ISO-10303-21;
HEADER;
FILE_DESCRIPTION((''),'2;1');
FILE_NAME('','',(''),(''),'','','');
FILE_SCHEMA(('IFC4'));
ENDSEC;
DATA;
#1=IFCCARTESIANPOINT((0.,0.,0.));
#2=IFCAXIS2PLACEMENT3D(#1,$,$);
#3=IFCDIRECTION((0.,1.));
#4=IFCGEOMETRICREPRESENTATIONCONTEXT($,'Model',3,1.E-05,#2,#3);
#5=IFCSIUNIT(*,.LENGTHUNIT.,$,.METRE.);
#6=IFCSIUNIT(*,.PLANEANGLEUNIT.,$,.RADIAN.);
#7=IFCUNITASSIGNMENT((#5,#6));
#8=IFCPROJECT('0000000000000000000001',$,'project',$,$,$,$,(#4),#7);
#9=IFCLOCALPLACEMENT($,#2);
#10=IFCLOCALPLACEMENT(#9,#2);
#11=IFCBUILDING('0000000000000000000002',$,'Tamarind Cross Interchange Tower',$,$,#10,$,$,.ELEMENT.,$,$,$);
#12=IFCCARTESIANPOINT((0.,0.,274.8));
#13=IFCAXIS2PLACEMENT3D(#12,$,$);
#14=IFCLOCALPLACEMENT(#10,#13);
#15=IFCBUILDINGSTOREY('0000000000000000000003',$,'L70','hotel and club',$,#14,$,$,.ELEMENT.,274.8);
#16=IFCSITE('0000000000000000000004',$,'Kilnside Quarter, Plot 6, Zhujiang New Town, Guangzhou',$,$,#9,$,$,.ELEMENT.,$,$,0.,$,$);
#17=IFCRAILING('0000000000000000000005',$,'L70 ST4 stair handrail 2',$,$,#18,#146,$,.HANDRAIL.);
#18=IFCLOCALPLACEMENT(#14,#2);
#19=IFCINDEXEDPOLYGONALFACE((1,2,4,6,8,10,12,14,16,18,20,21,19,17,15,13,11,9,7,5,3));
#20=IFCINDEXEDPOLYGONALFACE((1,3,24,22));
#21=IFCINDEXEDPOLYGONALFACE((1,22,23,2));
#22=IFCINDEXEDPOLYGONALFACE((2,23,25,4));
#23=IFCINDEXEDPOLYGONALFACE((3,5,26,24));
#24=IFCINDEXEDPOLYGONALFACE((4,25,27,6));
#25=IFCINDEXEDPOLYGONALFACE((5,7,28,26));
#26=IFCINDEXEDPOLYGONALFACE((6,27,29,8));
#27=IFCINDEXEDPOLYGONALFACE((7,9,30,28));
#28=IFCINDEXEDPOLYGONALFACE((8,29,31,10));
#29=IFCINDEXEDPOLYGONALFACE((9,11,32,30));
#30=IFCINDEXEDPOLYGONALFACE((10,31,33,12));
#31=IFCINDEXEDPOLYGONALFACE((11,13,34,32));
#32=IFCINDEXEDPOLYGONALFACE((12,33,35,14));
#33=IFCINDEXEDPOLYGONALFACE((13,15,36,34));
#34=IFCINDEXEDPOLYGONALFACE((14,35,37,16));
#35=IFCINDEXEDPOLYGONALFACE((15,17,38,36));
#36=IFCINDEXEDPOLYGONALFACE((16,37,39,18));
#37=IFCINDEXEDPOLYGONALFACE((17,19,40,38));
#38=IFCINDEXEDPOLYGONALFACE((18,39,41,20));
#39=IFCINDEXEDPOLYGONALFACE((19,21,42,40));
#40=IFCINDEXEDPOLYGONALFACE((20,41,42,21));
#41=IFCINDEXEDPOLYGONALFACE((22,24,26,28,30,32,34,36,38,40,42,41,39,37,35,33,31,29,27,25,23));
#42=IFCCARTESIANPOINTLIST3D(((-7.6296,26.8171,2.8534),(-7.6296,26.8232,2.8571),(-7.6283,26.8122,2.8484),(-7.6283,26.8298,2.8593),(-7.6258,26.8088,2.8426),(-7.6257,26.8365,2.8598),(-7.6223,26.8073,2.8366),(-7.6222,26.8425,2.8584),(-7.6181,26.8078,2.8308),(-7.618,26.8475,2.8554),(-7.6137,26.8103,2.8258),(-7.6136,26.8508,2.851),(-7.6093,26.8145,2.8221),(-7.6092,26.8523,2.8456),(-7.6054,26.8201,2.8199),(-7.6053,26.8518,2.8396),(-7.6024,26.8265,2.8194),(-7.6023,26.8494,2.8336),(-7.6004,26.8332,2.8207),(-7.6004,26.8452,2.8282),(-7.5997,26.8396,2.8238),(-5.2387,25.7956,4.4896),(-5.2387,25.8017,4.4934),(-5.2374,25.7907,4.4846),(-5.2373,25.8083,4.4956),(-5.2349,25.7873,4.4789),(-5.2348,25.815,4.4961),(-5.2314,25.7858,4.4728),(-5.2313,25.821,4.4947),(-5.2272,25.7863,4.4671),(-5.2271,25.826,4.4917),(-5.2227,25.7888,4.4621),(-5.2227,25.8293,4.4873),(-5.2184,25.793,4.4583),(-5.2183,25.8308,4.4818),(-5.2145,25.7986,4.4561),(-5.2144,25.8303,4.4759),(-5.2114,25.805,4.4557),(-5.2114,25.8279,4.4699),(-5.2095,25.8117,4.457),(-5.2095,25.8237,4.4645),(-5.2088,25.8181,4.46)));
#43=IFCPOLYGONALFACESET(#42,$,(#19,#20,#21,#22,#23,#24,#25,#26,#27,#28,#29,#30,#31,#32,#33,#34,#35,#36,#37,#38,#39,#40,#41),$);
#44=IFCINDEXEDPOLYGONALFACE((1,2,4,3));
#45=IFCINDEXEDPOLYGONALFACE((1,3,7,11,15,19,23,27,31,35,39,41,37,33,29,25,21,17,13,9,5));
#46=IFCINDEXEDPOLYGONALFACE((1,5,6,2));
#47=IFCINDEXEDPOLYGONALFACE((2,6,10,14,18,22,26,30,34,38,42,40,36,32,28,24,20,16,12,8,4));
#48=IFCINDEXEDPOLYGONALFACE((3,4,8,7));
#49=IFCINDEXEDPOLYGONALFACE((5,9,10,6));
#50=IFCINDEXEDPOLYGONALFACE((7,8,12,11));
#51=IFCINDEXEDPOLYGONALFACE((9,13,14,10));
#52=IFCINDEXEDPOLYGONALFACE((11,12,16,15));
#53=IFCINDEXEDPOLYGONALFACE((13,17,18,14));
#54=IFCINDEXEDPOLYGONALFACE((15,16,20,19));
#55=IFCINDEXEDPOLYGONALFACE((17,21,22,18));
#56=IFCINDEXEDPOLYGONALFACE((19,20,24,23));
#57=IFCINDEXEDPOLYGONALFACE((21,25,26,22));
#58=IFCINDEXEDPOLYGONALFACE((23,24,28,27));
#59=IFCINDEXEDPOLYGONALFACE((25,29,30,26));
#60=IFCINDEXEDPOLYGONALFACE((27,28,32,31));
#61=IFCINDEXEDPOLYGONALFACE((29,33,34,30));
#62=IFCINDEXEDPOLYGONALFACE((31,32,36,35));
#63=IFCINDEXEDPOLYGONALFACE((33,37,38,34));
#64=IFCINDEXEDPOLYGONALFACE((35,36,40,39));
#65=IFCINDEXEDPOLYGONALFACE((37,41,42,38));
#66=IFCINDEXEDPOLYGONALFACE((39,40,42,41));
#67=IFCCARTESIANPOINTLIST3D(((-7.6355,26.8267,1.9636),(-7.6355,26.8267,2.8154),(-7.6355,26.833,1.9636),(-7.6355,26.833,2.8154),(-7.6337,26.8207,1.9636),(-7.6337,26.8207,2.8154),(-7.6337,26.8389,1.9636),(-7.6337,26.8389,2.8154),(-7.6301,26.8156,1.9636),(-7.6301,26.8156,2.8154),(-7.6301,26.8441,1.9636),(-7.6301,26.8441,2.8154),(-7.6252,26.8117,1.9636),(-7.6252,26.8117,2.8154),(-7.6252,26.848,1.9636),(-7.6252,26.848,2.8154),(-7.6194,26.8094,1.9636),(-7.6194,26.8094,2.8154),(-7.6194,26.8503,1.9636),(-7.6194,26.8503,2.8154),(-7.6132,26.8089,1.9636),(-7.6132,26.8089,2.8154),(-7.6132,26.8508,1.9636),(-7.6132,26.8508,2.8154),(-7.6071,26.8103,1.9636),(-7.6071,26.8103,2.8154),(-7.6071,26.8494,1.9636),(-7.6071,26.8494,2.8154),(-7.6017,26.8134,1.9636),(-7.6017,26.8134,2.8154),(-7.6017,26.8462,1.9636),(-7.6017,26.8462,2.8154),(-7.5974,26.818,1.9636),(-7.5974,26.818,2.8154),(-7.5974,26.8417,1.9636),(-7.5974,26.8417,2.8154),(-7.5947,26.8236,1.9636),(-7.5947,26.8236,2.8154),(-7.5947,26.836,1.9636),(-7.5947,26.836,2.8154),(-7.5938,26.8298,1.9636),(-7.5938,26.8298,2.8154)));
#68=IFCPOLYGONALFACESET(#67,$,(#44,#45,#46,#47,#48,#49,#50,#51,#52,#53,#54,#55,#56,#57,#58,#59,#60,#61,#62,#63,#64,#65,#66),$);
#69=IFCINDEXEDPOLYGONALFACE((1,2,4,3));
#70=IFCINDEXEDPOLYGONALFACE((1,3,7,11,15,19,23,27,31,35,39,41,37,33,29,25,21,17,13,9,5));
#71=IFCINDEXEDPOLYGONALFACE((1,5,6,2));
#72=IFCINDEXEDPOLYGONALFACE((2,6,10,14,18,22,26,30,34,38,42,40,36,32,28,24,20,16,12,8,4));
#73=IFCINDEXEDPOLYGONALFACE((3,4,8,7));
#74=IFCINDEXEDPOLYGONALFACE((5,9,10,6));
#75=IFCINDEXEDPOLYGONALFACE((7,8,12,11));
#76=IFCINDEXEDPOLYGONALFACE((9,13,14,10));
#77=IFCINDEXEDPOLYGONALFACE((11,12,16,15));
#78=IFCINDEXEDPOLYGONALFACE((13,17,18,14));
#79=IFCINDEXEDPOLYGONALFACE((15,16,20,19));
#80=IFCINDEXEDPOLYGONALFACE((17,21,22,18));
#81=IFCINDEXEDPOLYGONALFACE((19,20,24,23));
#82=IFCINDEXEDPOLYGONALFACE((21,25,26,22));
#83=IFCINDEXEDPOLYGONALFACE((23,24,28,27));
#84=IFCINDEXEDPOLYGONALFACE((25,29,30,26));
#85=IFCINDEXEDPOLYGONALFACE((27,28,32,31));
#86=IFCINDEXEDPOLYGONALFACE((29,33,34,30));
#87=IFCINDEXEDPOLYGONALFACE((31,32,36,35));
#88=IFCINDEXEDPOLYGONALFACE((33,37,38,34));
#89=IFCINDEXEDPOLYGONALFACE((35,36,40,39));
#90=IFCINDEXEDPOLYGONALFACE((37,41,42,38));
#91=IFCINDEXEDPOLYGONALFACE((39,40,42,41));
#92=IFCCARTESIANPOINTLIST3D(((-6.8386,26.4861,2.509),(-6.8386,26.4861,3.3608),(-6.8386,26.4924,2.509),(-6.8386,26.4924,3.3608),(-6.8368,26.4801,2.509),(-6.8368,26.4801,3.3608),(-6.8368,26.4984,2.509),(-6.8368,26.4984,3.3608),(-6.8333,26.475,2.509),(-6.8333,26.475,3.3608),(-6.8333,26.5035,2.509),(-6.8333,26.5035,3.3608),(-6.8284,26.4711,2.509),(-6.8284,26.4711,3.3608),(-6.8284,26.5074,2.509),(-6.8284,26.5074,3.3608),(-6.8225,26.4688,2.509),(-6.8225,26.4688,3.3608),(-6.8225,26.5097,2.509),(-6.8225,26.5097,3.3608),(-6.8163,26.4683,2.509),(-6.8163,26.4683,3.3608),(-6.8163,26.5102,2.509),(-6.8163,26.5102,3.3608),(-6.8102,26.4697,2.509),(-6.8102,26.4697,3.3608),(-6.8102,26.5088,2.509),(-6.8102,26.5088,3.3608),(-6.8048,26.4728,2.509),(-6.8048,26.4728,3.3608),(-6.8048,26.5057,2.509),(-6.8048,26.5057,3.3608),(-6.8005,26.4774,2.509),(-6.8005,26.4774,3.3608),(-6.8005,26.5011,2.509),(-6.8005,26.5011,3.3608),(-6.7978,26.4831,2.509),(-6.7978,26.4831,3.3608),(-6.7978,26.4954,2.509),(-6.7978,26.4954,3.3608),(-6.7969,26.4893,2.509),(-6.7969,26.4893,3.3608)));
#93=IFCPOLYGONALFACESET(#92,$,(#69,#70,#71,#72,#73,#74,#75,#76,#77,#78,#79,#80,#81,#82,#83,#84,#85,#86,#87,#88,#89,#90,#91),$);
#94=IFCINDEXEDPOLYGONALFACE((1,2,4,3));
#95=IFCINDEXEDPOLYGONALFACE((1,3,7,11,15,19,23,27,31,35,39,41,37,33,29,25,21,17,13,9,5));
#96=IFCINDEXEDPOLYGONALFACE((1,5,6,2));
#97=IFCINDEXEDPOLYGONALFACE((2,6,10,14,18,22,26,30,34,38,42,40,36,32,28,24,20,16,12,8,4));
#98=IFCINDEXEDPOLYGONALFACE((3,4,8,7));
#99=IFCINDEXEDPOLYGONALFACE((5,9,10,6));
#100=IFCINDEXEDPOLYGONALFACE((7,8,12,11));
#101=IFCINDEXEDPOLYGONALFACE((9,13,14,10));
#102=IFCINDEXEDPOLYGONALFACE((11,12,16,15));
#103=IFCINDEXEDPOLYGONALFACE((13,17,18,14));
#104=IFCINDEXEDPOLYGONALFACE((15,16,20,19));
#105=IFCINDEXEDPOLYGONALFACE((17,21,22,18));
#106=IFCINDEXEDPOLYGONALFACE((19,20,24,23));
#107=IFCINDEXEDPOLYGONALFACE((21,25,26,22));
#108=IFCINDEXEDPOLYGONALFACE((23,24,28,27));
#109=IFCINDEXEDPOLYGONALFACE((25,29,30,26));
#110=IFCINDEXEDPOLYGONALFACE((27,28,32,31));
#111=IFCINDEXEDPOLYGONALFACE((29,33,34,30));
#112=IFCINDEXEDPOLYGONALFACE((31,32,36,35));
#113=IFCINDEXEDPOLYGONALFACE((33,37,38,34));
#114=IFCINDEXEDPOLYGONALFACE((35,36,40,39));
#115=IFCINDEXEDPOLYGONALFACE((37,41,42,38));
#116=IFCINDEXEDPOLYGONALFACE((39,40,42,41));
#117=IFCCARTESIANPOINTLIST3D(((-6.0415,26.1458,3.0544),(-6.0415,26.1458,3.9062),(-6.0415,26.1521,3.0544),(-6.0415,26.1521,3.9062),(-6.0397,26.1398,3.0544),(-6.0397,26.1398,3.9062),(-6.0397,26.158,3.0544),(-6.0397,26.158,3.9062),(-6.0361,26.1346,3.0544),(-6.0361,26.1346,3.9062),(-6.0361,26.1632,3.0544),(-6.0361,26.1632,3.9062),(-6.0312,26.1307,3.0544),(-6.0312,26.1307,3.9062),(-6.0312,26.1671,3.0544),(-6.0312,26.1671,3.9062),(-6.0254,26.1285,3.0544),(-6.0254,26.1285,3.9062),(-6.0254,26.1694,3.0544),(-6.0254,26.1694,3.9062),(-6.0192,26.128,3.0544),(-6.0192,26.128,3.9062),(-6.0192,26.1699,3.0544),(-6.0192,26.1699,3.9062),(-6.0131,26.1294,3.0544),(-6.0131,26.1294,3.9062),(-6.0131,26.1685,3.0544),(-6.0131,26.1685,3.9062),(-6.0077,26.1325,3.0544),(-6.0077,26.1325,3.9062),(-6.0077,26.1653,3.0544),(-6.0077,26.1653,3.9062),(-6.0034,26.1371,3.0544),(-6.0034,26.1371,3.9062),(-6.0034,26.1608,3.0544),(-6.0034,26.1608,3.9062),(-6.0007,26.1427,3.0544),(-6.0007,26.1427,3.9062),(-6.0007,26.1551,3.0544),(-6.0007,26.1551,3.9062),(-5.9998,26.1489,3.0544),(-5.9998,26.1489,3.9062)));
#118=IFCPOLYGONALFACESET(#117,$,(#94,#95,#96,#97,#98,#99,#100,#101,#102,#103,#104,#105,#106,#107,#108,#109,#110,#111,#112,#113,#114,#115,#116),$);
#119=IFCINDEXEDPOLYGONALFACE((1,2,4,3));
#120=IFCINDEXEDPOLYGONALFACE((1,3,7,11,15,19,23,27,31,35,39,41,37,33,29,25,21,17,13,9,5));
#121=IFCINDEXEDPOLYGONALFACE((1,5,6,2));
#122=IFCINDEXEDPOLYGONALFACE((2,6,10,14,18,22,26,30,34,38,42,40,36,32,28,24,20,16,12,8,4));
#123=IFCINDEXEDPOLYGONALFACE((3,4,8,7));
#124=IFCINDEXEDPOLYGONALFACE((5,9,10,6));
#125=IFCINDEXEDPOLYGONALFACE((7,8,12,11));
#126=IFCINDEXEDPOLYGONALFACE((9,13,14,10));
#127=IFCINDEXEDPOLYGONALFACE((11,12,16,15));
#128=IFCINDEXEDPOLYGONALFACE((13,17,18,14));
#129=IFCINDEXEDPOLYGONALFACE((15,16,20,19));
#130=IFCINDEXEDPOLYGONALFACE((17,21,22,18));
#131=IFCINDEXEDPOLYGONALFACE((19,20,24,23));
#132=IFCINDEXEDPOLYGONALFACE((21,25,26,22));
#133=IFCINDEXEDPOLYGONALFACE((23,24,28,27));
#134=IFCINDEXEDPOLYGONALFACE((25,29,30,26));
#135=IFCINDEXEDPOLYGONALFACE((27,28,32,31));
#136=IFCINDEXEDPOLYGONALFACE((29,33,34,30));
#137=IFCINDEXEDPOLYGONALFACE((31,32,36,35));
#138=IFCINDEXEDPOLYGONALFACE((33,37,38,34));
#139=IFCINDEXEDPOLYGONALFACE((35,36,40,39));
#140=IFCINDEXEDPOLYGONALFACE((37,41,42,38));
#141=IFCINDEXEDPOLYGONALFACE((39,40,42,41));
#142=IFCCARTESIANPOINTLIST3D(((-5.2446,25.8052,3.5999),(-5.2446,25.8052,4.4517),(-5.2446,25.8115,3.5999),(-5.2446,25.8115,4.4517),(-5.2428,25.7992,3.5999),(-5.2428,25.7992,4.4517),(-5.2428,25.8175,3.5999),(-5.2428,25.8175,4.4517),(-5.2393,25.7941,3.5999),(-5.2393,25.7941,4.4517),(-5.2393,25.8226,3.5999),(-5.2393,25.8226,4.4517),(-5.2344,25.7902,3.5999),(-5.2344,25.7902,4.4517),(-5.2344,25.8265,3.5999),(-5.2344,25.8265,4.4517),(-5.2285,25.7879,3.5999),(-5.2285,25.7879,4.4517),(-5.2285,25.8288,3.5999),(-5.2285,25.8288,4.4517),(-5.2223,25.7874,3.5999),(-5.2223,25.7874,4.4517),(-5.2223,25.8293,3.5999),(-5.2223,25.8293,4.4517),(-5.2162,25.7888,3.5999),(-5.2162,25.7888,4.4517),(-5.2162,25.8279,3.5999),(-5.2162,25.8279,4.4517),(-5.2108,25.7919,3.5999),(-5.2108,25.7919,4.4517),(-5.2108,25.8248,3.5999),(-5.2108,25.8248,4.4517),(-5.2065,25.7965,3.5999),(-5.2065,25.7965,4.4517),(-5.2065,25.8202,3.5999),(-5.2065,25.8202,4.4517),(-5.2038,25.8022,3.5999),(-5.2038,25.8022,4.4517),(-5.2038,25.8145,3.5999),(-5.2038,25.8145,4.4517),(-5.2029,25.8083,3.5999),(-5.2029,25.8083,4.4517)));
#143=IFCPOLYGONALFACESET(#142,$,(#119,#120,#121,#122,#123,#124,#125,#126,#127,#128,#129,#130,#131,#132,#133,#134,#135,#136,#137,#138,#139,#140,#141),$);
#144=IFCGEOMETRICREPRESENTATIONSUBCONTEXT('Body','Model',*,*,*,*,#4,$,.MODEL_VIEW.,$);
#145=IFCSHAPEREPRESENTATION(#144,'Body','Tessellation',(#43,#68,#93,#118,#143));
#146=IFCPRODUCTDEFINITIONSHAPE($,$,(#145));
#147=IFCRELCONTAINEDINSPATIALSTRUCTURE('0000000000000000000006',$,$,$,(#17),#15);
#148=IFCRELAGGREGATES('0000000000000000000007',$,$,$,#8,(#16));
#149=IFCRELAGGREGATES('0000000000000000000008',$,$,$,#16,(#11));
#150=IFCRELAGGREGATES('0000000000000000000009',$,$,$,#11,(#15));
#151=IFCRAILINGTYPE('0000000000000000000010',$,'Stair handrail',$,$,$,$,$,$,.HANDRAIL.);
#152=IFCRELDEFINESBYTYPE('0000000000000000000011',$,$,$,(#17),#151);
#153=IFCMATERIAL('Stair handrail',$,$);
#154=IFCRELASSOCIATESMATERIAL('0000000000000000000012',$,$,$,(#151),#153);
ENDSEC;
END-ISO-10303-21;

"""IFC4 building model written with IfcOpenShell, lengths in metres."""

from ifc_helpers import new_model, si_unit, direction, frame, origin, origin_2d, place, context, subcontext, project, spatial, circle, extrude, material, type_object, element, save


model = new_model("IFC4")

# Units and contexts
model_context = context("Model", 3, precision=1e-05, world=origin(), true_north=direction((0.0, 1.0)))
body_context = subcontext(model_context, "Body", "Model", "MODEL_VIEW")
ifc_project = project(units=[si_unit("LENGTHUNIT", "METRE"), si_unit("PLANEANGLEUNIT", "RADIAN")], contexts=[model_context])

# Site, building, storey
site_placement = place(None, origin())
site = spatial("IfcSite", under=ifc_project, at=site_placement, Name="Kilnside Quarter, Plot 6, Zhujiang New Town, Guangzhou", CompositionType="ELEMENT", RefElevation=0.0)
building_placement = place(site_placement, origin())
building = spatial("IfcBuilding", under=site, at=building_placement, Name="Tamarind Cross Interchange Tower", CompositionType="ELEMENT")
storey_placement = place(building_placement, frame((0.0, 0.0, 274.8)))
storey = spatial("IfcBuildingStorey", under=building, at=storey_placement, Name="L70", Description="hotel and club", CompositionType="ELEMENT", Elevation=274.8)

# Railing
ifc_material_1 = material(Name="Stair handrail")
railing_type_1 = type_object("IfcRailingType", Name="Stair handrail", PredefinedType="HANDRAIL", material=ifc_material_1)
railing_1_placement = place(storey_placement, frame((-7.6147, 26.8298, 1.9636)))
element("IfcRailing", 1, at=railing_1_placement, inside=storey, type_object=railing_type_1, Name="L70 ST4 stair handrail 2", PredefinedType="HANDRAIL", context=body_context, shape_type="SweptSolid", body=[
    extrude(circle(Radius=0.0239, at=origin_2d()), frame((0.0, 0.0, 0.876), z_axis=(0.778288, -0.332519, 0.532634), x_axis=(0.392888, 0.919586, 0.0)), (0.0, 0.0, 1.0), 3.072),
    extrude(circle(Radius=0.021, at=origin_2d()), origin(), (0.0, 0.0, 1.0), 0.8518),
    extrude(circle(Radius=0.021, at=origin_2d()), frame((0.7969, -0.3406, 0.5454)), (0.0, 0.0, 1.0), 0.8518),
    extrude(circle(Radius=0.021, at=origin_2d()), frame((1.594, -0.6809, 1.0908)), (0.0, 0.0, 1.0), 0.8518),
    extrude(circle(Radius=0.021, at=origin_2d()), frame((2.3909, -1.0215, 1.6362)), (0.0, 0.0, 1.0), 0.8518),
])

save(model, "model.ifc")
